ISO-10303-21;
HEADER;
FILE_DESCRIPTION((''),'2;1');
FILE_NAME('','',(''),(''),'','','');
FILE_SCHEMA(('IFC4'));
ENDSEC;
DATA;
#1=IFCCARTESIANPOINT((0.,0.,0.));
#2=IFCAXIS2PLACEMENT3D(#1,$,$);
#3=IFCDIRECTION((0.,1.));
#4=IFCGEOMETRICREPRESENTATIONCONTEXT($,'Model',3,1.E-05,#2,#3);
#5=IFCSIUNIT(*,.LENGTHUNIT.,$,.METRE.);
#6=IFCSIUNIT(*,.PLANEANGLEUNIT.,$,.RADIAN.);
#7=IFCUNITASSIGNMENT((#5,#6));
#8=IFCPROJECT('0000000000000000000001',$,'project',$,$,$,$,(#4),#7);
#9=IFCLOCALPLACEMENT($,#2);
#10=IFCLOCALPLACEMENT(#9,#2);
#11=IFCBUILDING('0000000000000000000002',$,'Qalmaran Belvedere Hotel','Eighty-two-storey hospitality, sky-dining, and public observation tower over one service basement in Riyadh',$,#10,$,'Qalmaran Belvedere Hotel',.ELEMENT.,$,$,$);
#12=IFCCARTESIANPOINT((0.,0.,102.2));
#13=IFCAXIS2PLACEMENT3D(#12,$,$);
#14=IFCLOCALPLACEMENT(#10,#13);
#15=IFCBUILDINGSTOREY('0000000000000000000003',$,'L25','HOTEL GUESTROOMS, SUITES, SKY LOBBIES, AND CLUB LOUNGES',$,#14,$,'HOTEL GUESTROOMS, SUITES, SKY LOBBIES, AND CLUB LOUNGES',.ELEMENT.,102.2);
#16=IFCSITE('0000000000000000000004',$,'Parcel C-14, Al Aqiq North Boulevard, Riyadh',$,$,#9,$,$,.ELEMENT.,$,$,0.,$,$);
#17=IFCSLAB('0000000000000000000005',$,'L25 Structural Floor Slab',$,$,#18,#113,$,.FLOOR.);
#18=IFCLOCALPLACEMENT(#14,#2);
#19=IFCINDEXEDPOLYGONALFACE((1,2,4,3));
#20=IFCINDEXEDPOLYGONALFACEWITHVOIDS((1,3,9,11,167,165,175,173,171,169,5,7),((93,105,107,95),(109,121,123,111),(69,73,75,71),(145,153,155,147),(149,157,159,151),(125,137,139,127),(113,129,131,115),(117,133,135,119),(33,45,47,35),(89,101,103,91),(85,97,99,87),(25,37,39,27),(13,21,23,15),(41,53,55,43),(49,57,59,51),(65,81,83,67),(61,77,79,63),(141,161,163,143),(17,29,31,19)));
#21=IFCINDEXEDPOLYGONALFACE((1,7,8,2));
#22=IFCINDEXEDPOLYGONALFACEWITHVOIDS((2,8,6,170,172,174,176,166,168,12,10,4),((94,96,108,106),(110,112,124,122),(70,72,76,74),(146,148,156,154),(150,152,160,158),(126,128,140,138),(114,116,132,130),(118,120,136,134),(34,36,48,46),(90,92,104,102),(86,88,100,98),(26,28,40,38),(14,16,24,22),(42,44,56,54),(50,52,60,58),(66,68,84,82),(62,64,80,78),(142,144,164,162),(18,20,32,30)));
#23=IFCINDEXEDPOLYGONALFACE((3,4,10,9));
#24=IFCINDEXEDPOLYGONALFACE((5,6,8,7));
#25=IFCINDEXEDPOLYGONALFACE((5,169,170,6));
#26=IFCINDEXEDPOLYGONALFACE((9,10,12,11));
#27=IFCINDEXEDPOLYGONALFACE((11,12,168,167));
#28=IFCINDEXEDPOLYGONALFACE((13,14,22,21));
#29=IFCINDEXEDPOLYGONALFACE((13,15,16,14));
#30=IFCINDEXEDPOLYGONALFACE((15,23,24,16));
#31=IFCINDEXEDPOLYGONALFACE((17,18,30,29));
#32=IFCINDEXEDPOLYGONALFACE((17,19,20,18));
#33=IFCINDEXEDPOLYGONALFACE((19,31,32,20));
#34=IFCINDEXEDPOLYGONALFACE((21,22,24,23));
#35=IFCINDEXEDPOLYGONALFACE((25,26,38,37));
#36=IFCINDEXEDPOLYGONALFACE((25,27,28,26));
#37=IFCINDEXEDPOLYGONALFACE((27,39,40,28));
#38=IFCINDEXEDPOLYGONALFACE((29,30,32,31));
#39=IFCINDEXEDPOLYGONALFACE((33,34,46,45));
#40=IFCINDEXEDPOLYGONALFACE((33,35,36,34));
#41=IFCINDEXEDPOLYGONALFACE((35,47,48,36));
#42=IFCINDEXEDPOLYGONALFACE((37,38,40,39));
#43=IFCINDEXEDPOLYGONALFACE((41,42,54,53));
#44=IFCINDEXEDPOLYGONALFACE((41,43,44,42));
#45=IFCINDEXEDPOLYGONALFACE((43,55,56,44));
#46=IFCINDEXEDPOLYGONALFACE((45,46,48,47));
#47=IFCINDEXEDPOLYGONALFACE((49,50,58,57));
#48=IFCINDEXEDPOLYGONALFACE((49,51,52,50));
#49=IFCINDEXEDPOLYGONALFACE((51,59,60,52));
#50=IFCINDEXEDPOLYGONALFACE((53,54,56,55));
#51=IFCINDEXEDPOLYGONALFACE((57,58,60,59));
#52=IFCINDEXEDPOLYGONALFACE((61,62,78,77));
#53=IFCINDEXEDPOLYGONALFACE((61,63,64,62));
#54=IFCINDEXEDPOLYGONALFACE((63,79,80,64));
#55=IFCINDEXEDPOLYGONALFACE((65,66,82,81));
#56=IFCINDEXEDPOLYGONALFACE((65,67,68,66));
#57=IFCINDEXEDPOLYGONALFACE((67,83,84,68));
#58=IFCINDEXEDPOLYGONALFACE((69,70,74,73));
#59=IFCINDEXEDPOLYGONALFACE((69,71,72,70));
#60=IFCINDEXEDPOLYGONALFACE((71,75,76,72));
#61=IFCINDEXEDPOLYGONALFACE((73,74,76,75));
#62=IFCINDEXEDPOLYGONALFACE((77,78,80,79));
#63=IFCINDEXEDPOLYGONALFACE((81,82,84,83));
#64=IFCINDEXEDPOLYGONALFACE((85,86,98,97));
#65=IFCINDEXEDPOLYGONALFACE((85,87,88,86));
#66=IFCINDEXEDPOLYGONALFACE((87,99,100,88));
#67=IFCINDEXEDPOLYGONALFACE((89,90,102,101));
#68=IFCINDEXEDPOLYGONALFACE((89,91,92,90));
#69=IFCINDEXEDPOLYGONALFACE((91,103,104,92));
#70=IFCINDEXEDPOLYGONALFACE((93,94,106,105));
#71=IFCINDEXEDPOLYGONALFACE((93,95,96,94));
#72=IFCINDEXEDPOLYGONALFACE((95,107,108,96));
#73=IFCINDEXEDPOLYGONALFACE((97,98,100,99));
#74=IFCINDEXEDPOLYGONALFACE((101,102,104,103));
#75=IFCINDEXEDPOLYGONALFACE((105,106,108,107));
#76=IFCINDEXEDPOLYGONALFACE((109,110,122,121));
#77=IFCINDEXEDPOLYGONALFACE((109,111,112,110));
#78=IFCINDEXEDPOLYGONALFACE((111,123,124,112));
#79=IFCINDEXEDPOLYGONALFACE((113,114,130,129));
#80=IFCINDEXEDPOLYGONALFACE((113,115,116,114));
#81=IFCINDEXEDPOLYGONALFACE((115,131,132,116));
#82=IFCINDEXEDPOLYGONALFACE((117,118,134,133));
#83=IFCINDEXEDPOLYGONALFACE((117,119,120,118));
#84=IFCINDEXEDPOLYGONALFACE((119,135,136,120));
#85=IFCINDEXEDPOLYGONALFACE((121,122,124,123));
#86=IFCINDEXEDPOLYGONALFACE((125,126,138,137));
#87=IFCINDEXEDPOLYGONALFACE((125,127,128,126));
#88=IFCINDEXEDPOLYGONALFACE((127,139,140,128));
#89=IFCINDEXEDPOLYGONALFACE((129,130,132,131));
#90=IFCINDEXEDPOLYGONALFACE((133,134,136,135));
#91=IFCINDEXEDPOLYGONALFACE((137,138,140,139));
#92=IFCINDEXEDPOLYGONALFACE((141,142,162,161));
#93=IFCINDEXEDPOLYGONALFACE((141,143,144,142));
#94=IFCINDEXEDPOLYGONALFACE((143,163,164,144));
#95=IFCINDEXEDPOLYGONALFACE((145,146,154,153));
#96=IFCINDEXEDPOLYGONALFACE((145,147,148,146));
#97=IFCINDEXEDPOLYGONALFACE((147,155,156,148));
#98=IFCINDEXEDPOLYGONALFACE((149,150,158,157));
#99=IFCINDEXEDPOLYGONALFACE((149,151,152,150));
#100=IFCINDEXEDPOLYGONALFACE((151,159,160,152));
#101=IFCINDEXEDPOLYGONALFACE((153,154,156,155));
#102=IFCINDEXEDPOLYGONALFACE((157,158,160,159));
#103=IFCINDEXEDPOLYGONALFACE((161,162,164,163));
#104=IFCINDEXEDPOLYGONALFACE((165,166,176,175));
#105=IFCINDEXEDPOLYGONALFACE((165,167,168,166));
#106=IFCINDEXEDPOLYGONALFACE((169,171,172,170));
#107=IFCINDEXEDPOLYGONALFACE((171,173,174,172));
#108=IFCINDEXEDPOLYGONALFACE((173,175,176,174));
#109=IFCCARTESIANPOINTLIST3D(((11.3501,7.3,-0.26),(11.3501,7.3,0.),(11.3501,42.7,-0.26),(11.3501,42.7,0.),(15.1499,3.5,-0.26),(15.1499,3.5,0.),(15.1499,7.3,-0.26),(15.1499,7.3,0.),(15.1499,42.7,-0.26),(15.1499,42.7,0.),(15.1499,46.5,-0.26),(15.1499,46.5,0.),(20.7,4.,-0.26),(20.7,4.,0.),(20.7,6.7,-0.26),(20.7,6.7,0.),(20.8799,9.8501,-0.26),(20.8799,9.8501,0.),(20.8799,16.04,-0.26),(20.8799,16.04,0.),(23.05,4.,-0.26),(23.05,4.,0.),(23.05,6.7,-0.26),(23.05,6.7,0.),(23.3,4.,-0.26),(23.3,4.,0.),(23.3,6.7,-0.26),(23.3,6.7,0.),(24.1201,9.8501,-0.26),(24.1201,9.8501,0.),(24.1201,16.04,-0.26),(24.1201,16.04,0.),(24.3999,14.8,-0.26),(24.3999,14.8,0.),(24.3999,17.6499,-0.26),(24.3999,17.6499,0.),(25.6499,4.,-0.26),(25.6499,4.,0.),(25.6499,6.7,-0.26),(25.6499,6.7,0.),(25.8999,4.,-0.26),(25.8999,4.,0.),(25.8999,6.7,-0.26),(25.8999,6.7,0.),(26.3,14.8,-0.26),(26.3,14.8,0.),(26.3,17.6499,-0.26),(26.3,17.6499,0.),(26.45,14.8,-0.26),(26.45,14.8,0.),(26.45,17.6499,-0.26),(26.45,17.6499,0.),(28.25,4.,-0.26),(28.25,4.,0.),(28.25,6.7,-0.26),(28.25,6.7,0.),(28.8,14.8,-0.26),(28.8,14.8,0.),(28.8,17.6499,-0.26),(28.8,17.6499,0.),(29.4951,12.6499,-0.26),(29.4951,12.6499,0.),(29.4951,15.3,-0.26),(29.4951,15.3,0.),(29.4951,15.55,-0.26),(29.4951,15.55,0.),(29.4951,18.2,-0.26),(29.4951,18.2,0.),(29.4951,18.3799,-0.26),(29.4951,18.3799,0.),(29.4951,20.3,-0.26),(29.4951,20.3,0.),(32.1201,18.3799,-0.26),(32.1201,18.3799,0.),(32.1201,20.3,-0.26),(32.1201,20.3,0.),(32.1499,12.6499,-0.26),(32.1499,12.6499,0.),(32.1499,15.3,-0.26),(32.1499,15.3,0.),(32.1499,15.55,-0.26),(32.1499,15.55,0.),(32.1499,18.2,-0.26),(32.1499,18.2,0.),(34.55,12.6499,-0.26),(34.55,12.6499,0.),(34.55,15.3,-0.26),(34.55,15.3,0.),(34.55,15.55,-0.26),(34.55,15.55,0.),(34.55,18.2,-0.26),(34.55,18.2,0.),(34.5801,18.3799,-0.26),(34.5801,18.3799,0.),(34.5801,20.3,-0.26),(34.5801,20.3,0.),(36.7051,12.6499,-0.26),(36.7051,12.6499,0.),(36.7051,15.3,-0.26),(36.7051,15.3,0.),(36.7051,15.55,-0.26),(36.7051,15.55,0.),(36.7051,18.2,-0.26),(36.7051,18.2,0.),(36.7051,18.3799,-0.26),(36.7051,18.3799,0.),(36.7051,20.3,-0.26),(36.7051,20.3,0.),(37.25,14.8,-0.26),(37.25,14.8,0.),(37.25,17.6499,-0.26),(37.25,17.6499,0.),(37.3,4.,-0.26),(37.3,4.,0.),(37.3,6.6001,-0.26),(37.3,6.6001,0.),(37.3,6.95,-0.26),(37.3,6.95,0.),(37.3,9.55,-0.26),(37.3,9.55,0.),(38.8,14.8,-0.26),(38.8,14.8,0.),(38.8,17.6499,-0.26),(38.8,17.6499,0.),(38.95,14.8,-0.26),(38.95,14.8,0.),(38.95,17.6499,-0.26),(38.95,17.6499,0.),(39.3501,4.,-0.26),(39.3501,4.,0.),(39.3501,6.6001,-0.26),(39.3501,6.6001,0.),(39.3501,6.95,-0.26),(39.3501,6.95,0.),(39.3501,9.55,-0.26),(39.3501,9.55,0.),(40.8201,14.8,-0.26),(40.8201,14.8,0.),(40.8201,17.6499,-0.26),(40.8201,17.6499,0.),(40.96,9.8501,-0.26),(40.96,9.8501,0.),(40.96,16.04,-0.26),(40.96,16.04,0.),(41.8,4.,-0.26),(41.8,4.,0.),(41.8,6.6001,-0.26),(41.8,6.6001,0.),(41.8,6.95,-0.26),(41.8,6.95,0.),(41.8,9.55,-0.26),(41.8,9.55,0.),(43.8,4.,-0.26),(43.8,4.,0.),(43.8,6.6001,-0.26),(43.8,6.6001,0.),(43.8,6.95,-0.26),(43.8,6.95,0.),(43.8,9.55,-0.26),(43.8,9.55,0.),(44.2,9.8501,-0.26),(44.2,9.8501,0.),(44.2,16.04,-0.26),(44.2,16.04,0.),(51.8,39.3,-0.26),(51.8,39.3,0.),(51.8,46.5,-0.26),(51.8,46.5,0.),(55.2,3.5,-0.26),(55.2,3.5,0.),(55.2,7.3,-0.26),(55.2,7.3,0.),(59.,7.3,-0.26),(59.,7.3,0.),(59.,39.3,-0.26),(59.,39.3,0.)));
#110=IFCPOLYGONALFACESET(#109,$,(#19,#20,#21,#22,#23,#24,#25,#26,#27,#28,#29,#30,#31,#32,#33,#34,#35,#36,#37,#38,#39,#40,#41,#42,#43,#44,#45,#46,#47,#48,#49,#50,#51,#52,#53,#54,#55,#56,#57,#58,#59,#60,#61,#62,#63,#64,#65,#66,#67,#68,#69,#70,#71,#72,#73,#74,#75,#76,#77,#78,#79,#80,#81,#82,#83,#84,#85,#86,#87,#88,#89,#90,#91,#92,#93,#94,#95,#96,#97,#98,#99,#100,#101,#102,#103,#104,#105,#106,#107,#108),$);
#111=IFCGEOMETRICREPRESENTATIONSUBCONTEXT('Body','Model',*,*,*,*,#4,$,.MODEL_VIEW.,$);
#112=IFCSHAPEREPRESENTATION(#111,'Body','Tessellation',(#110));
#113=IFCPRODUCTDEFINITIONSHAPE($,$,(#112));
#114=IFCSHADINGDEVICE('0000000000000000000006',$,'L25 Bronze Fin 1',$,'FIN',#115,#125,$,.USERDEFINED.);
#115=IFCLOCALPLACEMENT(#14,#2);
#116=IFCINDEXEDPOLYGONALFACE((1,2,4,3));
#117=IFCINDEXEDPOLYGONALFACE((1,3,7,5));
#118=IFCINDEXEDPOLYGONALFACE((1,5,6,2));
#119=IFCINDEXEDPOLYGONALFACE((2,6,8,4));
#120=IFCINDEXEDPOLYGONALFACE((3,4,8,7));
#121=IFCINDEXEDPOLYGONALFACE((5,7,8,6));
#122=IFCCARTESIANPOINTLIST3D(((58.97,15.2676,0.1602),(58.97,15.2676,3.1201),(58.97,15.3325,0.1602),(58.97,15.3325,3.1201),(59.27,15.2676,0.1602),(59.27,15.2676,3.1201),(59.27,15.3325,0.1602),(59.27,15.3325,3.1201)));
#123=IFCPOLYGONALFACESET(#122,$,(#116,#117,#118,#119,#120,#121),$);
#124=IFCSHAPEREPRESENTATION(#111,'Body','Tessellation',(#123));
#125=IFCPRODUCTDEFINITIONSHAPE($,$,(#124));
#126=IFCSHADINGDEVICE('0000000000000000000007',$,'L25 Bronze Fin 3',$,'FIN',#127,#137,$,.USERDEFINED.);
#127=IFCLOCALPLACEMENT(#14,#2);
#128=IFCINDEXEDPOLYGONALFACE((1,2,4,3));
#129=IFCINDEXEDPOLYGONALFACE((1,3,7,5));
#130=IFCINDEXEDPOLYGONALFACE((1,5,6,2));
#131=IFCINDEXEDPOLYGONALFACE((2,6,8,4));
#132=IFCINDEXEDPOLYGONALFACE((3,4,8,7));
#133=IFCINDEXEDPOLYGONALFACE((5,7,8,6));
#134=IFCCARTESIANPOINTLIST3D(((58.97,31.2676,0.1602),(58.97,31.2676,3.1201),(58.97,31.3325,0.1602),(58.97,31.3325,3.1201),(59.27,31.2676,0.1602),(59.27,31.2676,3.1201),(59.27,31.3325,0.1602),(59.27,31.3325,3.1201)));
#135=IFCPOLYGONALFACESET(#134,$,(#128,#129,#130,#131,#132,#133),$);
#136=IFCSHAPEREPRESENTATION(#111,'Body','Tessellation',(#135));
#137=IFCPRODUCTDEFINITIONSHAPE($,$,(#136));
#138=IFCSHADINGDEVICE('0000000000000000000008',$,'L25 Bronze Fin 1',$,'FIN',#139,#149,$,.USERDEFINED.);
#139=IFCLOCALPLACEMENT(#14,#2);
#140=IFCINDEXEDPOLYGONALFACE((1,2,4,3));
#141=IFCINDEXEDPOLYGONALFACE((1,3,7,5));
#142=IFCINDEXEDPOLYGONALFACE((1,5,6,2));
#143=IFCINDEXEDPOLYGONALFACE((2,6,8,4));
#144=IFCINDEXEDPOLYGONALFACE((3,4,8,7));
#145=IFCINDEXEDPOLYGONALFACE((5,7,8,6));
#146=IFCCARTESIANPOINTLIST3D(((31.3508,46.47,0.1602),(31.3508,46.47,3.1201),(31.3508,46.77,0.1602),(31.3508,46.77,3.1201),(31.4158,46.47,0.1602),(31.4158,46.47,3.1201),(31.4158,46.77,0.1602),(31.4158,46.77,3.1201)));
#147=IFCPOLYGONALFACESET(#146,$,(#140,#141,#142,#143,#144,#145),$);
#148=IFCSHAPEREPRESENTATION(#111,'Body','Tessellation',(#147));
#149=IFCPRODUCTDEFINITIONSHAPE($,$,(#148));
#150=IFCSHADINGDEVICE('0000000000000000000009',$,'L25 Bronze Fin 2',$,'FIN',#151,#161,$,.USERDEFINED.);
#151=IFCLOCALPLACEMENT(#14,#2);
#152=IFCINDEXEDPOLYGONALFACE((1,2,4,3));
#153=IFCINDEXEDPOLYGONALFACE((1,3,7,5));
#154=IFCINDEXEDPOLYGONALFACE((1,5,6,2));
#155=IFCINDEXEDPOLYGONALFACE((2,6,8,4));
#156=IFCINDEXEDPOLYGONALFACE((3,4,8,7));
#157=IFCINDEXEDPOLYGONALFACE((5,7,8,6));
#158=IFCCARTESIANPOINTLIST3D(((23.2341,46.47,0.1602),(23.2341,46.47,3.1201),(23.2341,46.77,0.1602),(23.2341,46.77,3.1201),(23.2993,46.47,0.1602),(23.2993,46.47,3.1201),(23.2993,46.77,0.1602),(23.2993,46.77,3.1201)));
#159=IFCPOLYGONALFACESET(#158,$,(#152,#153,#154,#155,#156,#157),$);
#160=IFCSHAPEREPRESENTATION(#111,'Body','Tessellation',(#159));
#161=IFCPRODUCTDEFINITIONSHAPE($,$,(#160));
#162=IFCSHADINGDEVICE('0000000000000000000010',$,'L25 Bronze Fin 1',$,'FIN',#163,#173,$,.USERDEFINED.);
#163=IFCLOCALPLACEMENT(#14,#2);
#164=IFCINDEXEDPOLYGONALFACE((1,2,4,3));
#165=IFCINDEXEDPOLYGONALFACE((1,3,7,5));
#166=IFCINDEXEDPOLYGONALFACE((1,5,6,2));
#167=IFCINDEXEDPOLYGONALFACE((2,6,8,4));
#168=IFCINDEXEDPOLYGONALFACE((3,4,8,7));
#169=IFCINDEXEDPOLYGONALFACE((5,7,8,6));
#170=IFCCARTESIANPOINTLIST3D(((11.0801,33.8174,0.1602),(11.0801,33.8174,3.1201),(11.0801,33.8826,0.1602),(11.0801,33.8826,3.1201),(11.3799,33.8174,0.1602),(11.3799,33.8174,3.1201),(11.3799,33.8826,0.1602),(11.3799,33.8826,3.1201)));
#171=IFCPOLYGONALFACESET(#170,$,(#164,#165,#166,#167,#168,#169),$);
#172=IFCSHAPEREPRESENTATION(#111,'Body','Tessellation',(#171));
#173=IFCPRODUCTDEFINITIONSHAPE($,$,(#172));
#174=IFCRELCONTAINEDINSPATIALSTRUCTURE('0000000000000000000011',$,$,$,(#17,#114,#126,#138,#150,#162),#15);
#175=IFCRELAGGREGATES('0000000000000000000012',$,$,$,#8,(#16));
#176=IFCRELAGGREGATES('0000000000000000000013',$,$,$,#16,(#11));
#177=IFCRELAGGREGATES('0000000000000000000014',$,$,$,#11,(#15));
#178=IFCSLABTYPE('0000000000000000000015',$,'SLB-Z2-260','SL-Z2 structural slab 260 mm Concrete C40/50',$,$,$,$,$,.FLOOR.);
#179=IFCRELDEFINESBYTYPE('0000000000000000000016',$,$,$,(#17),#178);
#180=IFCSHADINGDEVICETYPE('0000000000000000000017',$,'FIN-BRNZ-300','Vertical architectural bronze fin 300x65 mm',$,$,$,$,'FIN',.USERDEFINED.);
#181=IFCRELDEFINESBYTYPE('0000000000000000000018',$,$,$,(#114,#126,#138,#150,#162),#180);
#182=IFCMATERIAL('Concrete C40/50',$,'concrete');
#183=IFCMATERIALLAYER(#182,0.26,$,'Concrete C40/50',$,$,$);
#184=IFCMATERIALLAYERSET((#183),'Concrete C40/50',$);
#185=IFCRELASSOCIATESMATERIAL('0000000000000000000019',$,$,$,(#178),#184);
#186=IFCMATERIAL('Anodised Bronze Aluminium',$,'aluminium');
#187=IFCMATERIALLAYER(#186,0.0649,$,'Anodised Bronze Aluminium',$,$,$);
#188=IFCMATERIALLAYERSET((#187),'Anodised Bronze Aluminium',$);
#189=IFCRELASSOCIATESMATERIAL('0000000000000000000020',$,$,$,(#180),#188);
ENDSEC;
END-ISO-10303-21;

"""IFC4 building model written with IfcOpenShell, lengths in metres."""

from ifc_helpers import new_model, si_unit, direction, frame, origin, place, context, subcontext, project, spatial, polyline, outline, extrude, material, layer, layer_set, type_object, element, save


model = new_model("IFC4")

# Units and contexts
model_context = context("Model", 3, precision=1e-05, world=origin(), true_north=direction((0.0, 1.0)))
body_context = subcontext(model_context, "Body", "Model", "MODEL_VIEW")
ifc_project = project(units=[si_unit("LENGTHUNIT", "METRE"), si_unit("PLANEANGLEUNIT", "RADIAN")], contexts=[model_context])

# Site, building, storey
site_placement = place(None, origin())
site = spatial("IfcSite", under=ifc_project, at=site_placement, Name="Parcel C-14, Al Aqiq North Boulevard, Riyadh", CompositionType="ELEMENT", RefElevation=0.0)
building_placement = place(site_placement, origin())
building = spatial("IfcBuilding", under=site, at=building_placement, Name="Qalmaran Belvedere Hotel", Description="Eighty-two-storey hospitality, sky-dining, and public observation tower over one service basement in Riyadh", LongName="Qalmaran Belvedere Hotel", CompositionType="ELEMENT")
storey_placement = place(building_placement, frame((0.0, 0.0, 102.2)))
storey = spatial("IfcBuildingStorey", under=building, at=storey_placement, Name="L25", Description="HOTEL GUESTROOMS, SUITES, SKY LOBBIES, AND CLUB LOUNGES", LongName="HOTEL GUESTROOMS, SUITES, SKY LOBBIES, AND CLUB LOUNGES", CompositionType="ELEMENT", Elevation=102.2)

# Shared definitions
ifc_material_1 = material(Name="Anodised Bronze Aluminium", Category="aluminium")

# Shared definitions
ifc_material_2 = material(Name="Concrete C40/50", Category="concrete")

# Slab
ifc_layer_1 = layer(ifc_material_2, 0.26, Name="Concrete C40/50")
ifc_layer_set_1 = layer_set([ifc_layer_1], Name="Concrete C40/50")
slab_type_1 = type_object("IfcSlabType", Name="SLB-Z2-260", Description="SL-Z2 structural slab 260 mm Concrete C40/50", PredefinedType="FLOOR", material=ifc_layer_set_1)
slab_1_placement = place(storey_placement, frame((0.0, 0.0, -0.26)))
element("IfcSlab", 1, at=slab_1_placement, inside=storey, type_object=slab_type_1, Name="L25 Structural Floor Slab", PredefinedType="FLOOR", context=body_context, shape_type="SweptSolid", body=[
    extrude(outline(polyline([(15.1499, 3.5), (55.2, 3.5), (55.2, 7.3), (59.0, 7.3), (59.0, 39.3), (51.8, 39.3), (51.8, 46.5), (15.1499, 46.5), (15.1499, 42.7), (11.3501, 42.7), (11.3501, 7.3), (15.1499, 7.3), (15.1499, 3.5)]), holes=[polyline([(20.8799, 9.8501), (24.1201, 9.8501), (24.1201, 16.04), (20.8799, 16.04), (20.8799, 9.8501)]), polyline([(40.96, 9.8501), (44.2, 9.8501), (44.2, 16.04), (40.96, 16.04), (40.96, 9.8501)]), polyline([(29.4951, 12.6499), (32.1499, 12.6499), (32.1499, 15.3), (29.4951, 15.3), (29.4951, 12.6499)]), polyline([(29.4951, 15.55), (32.1499, 15.55), (32.1499, 18.2), (29.4951, 18.2), (29.4951, 15.55)]), polyline([(34.55, 12.6499), (36.7051, 12.6499), (36.7051, 15.3), (34.55, 15.3), (34.55, 12.6499)]), polyline([(34.55, 15.55), (36.7051, 15.55), (36.7051, 18.2), (34.55, 18.2), (34.55, 15.55)]), polyline([(37.3, 4.0), (39.3501, 4.0), (39.3501, 6.6001), (37.3, 6.6001), (37.3, 4.0)]), polyline([(37.3, 6.95), (39.3501, 6.95), (39.3501, 9.55), (37.3, 9.55), (37.3, 6.95)]), polyline([(41.8, 4.0), (43.8, 4.0), (43.8, 6.6001), (41.8, 6.6001), (41.8, 4.0)]), polyline([(41.8, 6.95), (43.8, 6.95), (43.8, 9.55), (41.8, 9.55), (41.8, 6.95)]), polyline([(20.7, 4.0), (23.05, 4.0), (23.05, 6.7), (20.7, 6.7), (20.7, 4.0)]), polyline([(23.3, 4.0), (25.6499, 4.0), (25.6499, 6.7), (23.3, 6.7), (23.3, 4.0)]), polyline([(25.8999, 4.0), (28.25, 4.0), (28.25, 6.7), (25.8999, 6.7), (25.8999, 4.0)]), polyline([(24.3999, 14.8), (26.3, 14.8), (26.3, 17.6499), (24.3999, 17.6499), (24.3999, 14.8)]), polyline([(38.95, 14.8), (40.8201, 14.8), (40.8201, 17.6499), (38.95, 17.6499), (38.95, 14.8)]), polyline([(26.45, 14.8), (28.8, 14.8), (28.8, 17.6499), (26.45, 17.6499), (26.45, 14.8)]), polyline([(37.25, 14.8), (38.8, 14.8), (38.8, 17.6499), (37.25, 17.6499), (37.25, 14.8)]), polyline([(29.4951, 18.3799), (32.1201, 18.3799), (32.1201, 20.3), (29.4951, 20.3), (29.4951, 18.3799)]), polyline([(34.5801, 18.3799), (36.7051, 18.3799), (36.7051, 20.3), (34.5801, 20.3), (34.5801, 18.3799)])]), origin(), (0.0, 0.0, 1.0), 0.26),
])

# Shading devices
ifc_layer_2 = layer(ifc_material_1, 0.0649, Name="Anodised Bronze Aluminium")
ifc_layer_set_2 = layer_set([ifc_layer_2], Name="Anodised Bronze Aluminium")
shading_device_type = type_object("IfcShadingDeviceType", Name="FIN-BRNZ-300", Description="Vertical architectural bronze fin 300x65 mm", ElementType="FIN", PredefinedType="USERDEFINED", material=ifc_layer_set_2)
shading_device_1_placement = place(storey_placement, frame((0.0, 0.0, 0.1602)))
element("IfcShadingDevice", 2, at=shading_device_1_placement, inside=storey, type_object=shading_device_type, Name="L25 Bronze Fin 1", ObjectType="FIN", PredefinedType="USERDEFINED", context=body_context, shape_type="SweptSolid", body=[
    extrude(outline(polyline([(58.97, 15.2676), (59.27, 15.2676), (59.27, 15.3325), (58.97, 15.3325), (58.97, 15.2676)])), origin(), (0.0, 0.0, 1.0), 2.96),
])
shading_device_2_placement = place(storey_placement, frame((0.0, 0.0, 0.1602)))
element("IfcShadingDevice", 3, at=shading_device_2_placement, inside=storey, type_object=shading_device_type, Name="L25 Bronze Fin 3", ObjectType="FIN", PredefinedType="USERDEFINED", context=body_context, shape_type="SweptSolid", body=[
    extrude(outline(polyline([(58.97, 31.2676), (59.27, 31.2676), (59.27, 31.3325), (58.97, 31.3325), (58.97, 31.2676)])), origin(), (0.0, 0.0, 1.0), 2.96),
])
shading_device_3_placement = place(storey_placement, frame((0.0, 0.0, 0.1602)))
element("IfcShadingDevice", 4, at=shading_device_3_placement, inside=storey, type_object=shading_device_type, Name="L25 Bronze Fin 1", ObjectType="FIN", PredefinedType="USERDEFINED", context=body_context, shape_type="SweptSolid", body=[
    extrude(outline(polyline([(31.4158, 46.47), (31.4158, 46.77), (31.3508, 46.77), (31.3508, 46.47), (31.4158, 46.47)])), origin(), (0.0, 0.0, 1.0), 2.96),
])
shading_device_4_placement = place(storey_placement, frame((0.0, 0.0, 0.1602)))
element("IfcShadingDevice", 5, at=shading_device_4_placement, inside=storey, type_object=shading_device_type, Name="L25 Bronze Fin 2", ObjectType="FIN", PredefinedType="USERDEFINED", context=body_context, shape_type="SweptSolid", body=[
    extrude(outline(polyline([(23.2993, 46.47), (23.2993, 46.77), (23.2341, 46.77), (23.2341, 46.47), (23.2993, 46.47)])), origin(), (0.0, 0.0, 1.0), 2.96),
])
shading_device_5_placement = place(storey_placement, frame((0.0, 0.0, 0.1602)))
element("IfcShadingDevice", 6, at=shading_device_5_placement, inside=storey, type_object=shading_device_type, Name="L25 Bronze Fin 1", ObjectType="FIN", PredefinedType="USERDEFINED", context=body_context, shape_type="SweptSolid", body=[
    extrude(outline(polyline([(11.3799, 33.8826), (11.0801, 33.8826), (11.0801, 33.8174), (11.3799, 33.8174), (11.3799, 33.8826)])), origin(), (0.0, 0.0, 1.0), 2.96),
])

save(model, "model.ifc")
